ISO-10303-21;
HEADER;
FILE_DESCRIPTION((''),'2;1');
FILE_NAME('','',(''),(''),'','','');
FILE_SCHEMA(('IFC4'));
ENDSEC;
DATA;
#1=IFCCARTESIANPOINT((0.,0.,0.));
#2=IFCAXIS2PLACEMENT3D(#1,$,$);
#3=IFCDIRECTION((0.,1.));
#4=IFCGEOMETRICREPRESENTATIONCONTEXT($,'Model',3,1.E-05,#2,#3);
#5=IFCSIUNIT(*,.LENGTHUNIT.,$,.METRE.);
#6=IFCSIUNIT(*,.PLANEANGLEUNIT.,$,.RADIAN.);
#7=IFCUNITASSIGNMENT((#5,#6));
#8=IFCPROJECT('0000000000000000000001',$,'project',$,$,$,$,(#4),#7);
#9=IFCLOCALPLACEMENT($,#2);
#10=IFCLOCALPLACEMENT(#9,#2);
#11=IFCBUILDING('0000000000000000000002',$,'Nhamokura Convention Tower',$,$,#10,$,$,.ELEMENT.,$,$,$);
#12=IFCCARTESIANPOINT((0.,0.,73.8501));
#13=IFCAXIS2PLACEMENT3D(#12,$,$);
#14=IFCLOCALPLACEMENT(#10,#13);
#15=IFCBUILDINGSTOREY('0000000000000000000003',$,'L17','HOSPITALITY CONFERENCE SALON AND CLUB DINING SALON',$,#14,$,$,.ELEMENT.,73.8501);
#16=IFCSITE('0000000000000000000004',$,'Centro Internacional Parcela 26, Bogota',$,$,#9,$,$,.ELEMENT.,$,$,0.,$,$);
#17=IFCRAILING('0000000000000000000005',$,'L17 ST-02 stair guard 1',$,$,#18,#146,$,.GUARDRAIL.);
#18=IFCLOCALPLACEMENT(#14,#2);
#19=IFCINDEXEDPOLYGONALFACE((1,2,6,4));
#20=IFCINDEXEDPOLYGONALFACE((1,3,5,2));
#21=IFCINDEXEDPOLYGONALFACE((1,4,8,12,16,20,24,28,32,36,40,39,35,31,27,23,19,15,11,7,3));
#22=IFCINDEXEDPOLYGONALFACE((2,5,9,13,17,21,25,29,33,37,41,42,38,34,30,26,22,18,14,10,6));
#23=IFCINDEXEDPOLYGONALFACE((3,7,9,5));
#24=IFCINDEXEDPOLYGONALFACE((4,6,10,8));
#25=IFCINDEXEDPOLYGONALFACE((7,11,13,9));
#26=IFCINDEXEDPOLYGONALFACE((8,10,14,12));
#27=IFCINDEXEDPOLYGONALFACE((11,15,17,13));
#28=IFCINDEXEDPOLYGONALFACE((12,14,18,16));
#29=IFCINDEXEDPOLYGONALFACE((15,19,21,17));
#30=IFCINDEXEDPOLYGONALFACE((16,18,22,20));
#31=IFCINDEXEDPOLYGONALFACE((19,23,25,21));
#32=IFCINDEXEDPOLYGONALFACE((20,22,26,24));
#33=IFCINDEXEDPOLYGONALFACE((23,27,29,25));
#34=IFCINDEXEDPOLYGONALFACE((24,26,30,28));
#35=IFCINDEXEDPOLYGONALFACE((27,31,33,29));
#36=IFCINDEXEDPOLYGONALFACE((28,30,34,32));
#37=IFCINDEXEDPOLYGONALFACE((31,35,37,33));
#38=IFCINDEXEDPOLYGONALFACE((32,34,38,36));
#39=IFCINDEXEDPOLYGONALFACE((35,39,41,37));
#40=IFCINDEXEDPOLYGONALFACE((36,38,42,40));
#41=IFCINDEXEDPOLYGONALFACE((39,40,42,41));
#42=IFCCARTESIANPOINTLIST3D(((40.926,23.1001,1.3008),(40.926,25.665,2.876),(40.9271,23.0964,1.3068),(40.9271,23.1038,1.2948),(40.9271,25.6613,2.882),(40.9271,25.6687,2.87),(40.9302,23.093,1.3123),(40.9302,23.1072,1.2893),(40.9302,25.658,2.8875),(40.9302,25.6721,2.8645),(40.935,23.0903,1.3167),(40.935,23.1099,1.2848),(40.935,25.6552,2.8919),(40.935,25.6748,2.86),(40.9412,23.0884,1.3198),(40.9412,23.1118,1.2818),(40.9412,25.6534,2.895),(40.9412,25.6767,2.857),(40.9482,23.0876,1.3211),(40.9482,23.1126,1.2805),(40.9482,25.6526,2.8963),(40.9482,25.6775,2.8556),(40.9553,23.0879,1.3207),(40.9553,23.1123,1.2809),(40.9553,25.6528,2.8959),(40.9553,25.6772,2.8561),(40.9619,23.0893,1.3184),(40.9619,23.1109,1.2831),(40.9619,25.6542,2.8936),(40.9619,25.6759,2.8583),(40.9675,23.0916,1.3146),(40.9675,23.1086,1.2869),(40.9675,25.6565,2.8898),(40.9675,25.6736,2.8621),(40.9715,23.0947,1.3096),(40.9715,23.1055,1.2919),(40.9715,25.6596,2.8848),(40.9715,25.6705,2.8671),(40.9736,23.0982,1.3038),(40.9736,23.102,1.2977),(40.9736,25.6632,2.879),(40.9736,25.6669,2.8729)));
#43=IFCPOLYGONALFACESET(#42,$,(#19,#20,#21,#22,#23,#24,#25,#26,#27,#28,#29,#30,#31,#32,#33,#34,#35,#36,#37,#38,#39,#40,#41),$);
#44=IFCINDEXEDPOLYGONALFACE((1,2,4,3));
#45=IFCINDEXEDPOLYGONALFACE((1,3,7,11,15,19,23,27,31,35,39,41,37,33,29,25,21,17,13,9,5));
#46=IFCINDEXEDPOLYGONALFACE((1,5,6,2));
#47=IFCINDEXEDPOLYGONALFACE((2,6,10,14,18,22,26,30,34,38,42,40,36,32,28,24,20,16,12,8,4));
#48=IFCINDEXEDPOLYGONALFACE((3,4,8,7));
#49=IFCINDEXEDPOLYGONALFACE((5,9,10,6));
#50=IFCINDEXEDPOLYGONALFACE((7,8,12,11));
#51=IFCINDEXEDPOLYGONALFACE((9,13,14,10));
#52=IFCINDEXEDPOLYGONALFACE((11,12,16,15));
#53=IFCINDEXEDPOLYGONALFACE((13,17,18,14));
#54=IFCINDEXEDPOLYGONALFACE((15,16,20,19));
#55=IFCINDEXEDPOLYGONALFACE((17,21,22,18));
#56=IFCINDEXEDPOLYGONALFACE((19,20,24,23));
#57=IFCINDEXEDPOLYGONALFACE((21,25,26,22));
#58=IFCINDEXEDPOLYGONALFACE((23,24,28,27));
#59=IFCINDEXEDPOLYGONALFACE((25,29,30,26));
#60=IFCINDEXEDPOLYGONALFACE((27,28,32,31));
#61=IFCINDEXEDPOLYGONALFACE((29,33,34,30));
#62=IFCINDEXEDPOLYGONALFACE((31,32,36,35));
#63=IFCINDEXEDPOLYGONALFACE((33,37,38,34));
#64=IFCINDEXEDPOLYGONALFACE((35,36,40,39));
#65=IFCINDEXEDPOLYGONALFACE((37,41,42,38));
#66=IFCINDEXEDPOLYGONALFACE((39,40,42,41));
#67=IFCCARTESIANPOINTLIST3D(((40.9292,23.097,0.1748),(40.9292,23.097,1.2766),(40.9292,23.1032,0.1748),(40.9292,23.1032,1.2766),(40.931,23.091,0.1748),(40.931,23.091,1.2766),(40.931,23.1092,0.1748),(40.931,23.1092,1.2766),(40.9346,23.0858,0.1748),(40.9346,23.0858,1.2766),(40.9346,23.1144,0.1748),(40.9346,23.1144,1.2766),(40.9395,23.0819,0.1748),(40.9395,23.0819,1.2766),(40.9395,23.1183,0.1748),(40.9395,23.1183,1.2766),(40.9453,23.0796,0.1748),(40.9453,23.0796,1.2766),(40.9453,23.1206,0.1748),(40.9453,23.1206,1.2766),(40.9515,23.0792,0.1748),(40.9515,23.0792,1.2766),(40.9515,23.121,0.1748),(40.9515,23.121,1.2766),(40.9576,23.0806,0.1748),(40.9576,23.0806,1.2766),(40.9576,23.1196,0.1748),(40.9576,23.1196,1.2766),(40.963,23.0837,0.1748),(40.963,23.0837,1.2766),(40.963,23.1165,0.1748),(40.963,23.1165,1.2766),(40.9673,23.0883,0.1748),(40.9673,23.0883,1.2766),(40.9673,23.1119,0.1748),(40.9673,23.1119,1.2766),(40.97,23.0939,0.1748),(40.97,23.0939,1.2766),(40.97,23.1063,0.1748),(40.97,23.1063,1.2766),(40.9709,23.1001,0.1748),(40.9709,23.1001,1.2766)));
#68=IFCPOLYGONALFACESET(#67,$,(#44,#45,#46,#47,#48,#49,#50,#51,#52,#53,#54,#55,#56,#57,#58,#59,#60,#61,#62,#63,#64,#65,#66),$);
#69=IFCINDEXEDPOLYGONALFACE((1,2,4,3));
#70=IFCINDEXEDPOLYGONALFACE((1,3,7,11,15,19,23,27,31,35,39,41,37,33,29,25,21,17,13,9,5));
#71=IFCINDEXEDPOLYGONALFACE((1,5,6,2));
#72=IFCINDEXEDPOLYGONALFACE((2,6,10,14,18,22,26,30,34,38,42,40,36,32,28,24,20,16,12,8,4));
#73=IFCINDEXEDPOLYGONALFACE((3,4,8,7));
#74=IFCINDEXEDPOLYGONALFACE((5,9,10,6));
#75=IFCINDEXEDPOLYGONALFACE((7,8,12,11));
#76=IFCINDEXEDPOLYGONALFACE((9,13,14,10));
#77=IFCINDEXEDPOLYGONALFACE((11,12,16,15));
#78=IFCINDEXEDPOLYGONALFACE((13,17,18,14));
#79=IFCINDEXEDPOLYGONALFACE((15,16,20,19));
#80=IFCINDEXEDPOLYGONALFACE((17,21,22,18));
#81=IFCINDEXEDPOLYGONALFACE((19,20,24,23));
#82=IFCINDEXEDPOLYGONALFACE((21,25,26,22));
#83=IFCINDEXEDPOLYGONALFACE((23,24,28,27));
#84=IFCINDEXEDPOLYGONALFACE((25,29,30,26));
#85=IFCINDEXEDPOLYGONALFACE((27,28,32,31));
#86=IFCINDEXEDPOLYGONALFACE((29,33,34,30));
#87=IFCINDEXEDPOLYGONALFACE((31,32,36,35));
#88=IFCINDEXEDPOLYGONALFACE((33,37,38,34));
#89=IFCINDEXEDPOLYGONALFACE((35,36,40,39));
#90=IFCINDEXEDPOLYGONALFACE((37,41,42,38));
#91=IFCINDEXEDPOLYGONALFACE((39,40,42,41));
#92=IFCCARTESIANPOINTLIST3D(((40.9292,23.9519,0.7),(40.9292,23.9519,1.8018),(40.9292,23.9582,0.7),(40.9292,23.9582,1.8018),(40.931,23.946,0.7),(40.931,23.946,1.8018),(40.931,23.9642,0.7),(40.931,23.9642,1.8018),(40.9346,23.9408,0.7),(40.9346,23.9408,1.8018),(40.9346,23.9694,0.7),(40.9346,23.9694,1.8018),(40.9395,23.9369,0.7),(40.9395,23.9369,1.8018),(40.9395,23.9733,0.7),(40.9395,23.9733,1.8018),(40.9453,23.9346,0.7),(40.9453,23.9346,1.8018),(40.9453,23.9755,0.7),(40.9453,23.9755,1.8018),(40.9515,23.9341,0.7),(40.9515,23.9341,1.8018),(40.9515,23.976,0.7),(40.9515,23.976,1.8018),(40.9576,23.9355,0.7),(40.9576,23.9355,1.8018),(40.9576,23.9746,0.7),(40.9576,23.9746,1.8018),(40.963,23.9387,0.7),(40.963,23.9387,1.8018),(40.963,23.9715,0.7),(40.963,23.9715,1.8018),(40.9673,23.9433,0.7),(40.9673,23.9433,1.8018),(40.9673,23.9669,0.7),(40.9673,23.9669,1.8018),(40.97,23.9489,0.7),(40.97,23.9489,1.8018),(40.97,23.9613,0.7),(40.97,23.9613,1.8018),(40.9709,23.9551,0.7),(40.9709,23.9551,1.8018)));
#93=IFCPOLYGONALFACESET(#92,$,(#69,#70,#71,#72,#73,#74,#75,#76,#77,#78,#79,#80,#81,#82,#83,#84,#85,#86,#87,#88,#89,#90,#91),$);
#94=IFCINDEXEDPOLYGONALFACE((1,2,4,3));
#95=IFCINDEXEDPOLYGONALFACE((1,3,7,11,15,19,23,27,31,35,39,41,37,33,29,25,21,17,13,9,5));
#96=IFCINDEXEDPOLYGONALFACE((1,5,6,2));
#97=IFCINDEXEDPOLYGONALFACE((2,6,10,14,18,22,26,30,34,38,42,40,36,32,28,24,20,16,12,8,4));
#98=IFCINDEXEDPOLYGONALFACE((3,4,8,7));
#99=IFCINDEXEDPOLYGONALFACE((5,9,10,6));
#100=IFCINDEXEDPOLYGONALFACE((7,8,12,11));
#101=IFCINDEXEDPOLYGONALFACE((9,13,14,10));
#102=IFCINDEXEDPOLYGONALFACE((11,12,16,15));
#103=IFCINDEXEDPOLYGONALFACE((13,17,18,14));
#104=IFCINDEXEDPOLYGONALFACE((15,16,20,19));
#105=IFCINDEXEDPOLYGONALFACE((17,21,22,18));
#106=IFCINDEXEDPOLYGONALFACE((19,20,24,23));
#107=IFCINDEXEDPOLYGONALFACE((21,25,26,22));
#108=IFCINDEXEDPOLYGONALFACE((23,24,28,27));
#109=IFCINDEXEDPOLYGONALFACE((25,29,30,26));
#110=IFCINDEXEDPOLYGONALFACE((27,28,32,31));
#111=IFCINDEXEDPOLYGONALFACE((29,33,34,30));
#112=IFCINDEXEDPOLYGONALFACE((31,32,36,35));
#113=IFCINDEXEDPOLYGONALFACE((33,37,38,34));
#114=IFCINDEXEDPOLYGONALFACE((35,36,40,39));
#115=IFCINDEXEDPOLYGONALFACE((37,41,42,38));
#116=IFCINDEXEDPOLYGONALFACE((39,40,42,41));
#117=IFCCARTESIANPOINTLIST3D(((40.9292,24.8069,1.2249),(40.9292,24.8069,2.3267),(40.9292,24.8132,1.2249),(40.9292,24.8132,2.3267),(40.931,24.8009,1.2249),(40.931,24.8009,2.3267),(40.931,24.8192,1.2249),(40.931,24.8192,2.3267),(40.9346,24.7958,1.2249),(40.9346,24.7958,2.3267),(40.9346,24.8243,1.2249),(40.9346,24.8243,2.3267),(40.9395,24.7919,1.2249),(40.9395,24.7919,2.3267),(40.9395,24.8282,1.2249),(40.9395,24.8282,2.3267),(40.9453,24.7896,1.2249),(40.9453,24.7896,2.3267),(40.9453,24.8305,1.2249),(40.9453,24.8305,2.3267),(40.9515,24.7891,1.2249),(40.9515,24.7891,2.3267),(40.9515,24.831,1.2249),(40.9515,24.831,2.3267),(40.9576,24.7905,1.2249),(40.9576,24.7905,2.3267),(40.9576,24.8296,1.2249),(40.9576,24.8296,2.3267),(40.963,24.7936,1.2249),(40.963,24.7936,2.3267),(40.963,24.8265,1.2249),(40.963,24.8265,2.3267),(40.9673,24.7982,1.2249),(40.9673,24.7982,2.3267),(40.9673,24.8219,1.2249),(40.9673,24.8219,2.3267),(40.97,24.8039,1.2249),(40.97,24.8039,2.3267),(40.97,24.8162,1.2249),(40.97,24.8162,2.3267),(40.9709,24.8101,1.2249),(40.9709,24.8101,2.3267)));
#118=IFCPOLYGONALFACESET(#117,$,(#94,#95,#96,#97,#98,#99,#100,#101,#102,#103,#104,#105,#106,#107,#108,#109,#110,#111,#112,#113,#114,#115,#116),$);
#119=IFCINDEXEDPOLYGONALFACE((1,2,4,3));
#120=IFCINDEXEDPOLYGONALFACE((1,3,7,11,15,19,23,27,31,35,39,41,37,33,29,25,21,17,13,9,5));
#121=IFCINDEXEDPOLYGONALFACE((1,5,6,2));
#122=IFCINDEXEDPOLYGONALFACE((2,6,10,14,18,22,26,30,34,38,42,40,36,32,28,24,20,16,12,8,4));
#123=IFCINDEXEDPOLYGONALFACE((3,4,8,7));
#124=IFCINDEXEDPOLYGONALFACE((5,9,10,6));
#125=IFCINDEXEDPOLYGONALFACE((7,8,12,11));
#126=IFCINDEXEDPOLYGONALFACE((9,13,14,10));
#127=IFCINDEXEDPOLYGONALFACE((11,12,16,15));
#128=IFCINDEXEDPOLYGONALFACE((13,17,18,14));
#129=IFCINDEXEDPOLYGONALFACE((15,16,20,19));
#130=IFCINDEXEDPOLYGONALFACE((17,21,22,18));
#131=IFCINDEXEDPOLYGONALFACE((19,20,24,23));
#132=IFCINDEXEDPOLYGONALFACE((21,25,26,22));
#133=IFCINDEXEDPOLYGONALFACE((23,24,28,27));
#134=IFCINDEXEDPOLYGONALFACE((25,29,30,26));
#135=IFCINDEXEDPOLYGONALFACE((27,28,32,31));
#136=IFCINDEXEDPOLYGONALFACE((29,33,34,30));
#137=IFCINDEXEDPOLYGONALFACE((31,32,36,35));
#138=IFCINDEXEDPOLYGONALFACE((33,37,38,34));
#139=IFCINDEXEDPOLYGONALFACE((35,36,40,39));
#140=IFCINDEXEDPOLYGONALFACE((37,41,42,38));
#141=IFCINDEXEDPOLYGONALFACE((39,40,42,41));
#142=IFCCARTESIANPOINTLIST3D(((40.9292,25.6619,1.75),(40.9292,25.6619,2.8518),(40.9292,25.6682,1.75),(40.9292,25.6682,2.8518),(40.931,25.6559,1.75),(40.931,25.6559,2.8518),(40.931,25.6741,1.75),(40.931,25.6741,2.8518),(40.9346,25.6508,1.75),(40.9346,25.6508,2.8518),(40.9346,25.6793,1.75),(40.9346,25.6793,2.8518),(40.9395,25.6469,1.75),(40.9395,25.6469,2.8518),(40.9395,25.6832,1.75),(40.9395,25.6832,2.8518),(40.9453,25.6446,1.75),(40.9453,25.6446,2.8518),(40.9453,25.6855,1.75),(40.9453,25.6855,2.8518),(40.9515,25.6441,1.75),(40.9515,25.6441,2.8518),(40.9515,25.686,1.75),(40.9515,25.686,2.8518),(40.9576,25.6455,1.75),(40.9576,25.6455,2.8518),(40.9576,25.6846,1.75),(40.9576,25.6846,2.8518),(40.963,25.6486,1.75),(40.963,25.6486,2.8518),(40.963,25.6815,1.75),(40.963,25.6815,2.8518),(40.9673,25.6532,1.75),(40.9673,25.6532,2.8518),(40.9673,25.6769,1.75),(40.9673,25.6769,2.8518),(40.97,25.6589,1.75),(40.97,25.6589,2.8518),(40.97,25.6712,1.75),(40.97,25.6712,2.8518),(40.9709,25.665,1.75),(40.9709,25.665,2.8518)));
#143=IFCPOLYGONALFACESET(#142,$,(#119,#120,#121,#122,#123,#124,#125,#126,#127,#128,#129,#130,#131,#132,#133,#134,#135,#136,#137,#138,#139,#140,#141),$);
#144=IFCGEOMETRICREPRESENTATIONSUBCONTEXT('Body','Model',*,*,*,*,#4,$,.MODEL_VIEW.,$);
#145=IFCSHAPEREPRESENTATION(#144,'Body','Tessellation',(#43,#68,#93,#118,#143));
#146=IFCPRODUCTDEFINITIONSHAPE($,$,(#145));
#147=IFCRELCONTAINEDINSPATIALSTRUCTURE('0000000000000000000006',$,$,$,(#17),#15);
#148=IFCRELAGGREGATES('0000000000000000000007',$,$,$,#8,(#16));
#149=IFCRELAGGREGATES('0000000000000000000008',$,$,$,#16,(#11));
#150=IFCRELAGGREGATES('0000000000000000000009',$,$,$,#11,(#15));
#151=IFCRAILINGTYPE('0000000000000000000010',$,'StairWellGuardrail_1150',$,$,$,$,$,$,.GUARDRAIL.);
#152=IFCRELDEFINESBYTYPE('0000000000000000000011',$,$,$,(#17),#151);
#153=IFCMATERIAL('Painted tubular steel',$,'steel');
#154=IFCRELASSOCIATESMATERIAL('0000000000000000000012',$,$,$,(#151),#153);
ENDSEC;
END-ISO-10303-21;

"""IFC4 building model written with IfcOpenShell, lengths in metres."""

from ifc_helpers import new_model, si_unit, direction, frame, origin, origin_2d, place, context, subcontext, project, spatial, circle, extrude, material, type_object, element, save


model = new_model("IFC4")

# Units and contexts
model_context = context("Model", 3, precision=1e-05, world=origin(), true_north=direction((0.0, 1.0)))
body_context = subcontext(model_context, "Body", "Model", "MODEL_VIEW")
ifc_project = project(units=[si_unit("LENGTHUNIT", "METRE"), si_unit("PLANEANGLEUNIT", "RADIAN")], contexts=[model_context])

# Site, building, storey
site_placement = place(None, origin())
site = spatial("IfcSite", under=ifc_project, at=site_placement, Name="Centro Internacional Parcela 26, Bogota", CompositionType="ELEMENT", RefElevation=0.0)
building_placement = place(site_placement, origin())
building = spatial("IfcBuilding", under=site, at=building_placement, Name="Nhamokura Convention Tower", CompositionType="ELEMENT")
storey_placement = place(building_placement, frame((0.0, 0.0, 73.8501)))
storey = spatial("IfcBuildingStorey", under=building, at=storey_placement, Name="L17", Description="HOSPITALITY CONFERENCE SALON AND CLUB DINING SALON", CompositionType="ELEMENT", Elevation=73.8501)

# Railing
ifc_material_1 = material(Name="Painted tubular steel", Category="steel")
railing_type_1 = type_object("IfcRailingType", Name="StairWellGuardrail_1150", PredefinedType="GUARDRAIL", material=ifc_material_1)
railing_1_placement = place(storey_placement, frame((40.95, 23.1001, 0.1748)))
element("IfcRailing", 1, at=railing_1_placement, inside=storey, type_object=railing_type_1, Name="L17 ST-02 stair guard 1", PredefinedType="GUARDRAIL", context=body_context, shape_type="SweptSolid", body=[
    extrude(circle(Radius=0.0239, at=origin_2d()), frame((0.0, 0.0, 1.126), z_axis=(0.0, 0.852137, 0.523319), x_axis=(-1.0, 0.0, 0.0)), (0.0, 0.0, 1.0), 3.01),
    extrude(circle(Radius=0.021, at=origin_2d()), origin(), (0.0, 0.0, 1.0), 1.1018),
    extrude(circle(Radius=0.021, at=origin_2d()), frame((0.0, 0.855, 0.5251)), (0.0, 0.0, 1.0), 1.1018),
    extrude(circle(Radius=0.021, at=origin_2d()), frame((0.0, 1.71, 1.05)), (0.0, 0.0, 1.0), 1.1018),
    extrude(circle(Radius=0.021, at=origin_2d()), frame((0.0, 2.5649, 1.5752)), (0.0, 0.0, 1.0), 1.1018),
])

save(model, "model.ifc")
